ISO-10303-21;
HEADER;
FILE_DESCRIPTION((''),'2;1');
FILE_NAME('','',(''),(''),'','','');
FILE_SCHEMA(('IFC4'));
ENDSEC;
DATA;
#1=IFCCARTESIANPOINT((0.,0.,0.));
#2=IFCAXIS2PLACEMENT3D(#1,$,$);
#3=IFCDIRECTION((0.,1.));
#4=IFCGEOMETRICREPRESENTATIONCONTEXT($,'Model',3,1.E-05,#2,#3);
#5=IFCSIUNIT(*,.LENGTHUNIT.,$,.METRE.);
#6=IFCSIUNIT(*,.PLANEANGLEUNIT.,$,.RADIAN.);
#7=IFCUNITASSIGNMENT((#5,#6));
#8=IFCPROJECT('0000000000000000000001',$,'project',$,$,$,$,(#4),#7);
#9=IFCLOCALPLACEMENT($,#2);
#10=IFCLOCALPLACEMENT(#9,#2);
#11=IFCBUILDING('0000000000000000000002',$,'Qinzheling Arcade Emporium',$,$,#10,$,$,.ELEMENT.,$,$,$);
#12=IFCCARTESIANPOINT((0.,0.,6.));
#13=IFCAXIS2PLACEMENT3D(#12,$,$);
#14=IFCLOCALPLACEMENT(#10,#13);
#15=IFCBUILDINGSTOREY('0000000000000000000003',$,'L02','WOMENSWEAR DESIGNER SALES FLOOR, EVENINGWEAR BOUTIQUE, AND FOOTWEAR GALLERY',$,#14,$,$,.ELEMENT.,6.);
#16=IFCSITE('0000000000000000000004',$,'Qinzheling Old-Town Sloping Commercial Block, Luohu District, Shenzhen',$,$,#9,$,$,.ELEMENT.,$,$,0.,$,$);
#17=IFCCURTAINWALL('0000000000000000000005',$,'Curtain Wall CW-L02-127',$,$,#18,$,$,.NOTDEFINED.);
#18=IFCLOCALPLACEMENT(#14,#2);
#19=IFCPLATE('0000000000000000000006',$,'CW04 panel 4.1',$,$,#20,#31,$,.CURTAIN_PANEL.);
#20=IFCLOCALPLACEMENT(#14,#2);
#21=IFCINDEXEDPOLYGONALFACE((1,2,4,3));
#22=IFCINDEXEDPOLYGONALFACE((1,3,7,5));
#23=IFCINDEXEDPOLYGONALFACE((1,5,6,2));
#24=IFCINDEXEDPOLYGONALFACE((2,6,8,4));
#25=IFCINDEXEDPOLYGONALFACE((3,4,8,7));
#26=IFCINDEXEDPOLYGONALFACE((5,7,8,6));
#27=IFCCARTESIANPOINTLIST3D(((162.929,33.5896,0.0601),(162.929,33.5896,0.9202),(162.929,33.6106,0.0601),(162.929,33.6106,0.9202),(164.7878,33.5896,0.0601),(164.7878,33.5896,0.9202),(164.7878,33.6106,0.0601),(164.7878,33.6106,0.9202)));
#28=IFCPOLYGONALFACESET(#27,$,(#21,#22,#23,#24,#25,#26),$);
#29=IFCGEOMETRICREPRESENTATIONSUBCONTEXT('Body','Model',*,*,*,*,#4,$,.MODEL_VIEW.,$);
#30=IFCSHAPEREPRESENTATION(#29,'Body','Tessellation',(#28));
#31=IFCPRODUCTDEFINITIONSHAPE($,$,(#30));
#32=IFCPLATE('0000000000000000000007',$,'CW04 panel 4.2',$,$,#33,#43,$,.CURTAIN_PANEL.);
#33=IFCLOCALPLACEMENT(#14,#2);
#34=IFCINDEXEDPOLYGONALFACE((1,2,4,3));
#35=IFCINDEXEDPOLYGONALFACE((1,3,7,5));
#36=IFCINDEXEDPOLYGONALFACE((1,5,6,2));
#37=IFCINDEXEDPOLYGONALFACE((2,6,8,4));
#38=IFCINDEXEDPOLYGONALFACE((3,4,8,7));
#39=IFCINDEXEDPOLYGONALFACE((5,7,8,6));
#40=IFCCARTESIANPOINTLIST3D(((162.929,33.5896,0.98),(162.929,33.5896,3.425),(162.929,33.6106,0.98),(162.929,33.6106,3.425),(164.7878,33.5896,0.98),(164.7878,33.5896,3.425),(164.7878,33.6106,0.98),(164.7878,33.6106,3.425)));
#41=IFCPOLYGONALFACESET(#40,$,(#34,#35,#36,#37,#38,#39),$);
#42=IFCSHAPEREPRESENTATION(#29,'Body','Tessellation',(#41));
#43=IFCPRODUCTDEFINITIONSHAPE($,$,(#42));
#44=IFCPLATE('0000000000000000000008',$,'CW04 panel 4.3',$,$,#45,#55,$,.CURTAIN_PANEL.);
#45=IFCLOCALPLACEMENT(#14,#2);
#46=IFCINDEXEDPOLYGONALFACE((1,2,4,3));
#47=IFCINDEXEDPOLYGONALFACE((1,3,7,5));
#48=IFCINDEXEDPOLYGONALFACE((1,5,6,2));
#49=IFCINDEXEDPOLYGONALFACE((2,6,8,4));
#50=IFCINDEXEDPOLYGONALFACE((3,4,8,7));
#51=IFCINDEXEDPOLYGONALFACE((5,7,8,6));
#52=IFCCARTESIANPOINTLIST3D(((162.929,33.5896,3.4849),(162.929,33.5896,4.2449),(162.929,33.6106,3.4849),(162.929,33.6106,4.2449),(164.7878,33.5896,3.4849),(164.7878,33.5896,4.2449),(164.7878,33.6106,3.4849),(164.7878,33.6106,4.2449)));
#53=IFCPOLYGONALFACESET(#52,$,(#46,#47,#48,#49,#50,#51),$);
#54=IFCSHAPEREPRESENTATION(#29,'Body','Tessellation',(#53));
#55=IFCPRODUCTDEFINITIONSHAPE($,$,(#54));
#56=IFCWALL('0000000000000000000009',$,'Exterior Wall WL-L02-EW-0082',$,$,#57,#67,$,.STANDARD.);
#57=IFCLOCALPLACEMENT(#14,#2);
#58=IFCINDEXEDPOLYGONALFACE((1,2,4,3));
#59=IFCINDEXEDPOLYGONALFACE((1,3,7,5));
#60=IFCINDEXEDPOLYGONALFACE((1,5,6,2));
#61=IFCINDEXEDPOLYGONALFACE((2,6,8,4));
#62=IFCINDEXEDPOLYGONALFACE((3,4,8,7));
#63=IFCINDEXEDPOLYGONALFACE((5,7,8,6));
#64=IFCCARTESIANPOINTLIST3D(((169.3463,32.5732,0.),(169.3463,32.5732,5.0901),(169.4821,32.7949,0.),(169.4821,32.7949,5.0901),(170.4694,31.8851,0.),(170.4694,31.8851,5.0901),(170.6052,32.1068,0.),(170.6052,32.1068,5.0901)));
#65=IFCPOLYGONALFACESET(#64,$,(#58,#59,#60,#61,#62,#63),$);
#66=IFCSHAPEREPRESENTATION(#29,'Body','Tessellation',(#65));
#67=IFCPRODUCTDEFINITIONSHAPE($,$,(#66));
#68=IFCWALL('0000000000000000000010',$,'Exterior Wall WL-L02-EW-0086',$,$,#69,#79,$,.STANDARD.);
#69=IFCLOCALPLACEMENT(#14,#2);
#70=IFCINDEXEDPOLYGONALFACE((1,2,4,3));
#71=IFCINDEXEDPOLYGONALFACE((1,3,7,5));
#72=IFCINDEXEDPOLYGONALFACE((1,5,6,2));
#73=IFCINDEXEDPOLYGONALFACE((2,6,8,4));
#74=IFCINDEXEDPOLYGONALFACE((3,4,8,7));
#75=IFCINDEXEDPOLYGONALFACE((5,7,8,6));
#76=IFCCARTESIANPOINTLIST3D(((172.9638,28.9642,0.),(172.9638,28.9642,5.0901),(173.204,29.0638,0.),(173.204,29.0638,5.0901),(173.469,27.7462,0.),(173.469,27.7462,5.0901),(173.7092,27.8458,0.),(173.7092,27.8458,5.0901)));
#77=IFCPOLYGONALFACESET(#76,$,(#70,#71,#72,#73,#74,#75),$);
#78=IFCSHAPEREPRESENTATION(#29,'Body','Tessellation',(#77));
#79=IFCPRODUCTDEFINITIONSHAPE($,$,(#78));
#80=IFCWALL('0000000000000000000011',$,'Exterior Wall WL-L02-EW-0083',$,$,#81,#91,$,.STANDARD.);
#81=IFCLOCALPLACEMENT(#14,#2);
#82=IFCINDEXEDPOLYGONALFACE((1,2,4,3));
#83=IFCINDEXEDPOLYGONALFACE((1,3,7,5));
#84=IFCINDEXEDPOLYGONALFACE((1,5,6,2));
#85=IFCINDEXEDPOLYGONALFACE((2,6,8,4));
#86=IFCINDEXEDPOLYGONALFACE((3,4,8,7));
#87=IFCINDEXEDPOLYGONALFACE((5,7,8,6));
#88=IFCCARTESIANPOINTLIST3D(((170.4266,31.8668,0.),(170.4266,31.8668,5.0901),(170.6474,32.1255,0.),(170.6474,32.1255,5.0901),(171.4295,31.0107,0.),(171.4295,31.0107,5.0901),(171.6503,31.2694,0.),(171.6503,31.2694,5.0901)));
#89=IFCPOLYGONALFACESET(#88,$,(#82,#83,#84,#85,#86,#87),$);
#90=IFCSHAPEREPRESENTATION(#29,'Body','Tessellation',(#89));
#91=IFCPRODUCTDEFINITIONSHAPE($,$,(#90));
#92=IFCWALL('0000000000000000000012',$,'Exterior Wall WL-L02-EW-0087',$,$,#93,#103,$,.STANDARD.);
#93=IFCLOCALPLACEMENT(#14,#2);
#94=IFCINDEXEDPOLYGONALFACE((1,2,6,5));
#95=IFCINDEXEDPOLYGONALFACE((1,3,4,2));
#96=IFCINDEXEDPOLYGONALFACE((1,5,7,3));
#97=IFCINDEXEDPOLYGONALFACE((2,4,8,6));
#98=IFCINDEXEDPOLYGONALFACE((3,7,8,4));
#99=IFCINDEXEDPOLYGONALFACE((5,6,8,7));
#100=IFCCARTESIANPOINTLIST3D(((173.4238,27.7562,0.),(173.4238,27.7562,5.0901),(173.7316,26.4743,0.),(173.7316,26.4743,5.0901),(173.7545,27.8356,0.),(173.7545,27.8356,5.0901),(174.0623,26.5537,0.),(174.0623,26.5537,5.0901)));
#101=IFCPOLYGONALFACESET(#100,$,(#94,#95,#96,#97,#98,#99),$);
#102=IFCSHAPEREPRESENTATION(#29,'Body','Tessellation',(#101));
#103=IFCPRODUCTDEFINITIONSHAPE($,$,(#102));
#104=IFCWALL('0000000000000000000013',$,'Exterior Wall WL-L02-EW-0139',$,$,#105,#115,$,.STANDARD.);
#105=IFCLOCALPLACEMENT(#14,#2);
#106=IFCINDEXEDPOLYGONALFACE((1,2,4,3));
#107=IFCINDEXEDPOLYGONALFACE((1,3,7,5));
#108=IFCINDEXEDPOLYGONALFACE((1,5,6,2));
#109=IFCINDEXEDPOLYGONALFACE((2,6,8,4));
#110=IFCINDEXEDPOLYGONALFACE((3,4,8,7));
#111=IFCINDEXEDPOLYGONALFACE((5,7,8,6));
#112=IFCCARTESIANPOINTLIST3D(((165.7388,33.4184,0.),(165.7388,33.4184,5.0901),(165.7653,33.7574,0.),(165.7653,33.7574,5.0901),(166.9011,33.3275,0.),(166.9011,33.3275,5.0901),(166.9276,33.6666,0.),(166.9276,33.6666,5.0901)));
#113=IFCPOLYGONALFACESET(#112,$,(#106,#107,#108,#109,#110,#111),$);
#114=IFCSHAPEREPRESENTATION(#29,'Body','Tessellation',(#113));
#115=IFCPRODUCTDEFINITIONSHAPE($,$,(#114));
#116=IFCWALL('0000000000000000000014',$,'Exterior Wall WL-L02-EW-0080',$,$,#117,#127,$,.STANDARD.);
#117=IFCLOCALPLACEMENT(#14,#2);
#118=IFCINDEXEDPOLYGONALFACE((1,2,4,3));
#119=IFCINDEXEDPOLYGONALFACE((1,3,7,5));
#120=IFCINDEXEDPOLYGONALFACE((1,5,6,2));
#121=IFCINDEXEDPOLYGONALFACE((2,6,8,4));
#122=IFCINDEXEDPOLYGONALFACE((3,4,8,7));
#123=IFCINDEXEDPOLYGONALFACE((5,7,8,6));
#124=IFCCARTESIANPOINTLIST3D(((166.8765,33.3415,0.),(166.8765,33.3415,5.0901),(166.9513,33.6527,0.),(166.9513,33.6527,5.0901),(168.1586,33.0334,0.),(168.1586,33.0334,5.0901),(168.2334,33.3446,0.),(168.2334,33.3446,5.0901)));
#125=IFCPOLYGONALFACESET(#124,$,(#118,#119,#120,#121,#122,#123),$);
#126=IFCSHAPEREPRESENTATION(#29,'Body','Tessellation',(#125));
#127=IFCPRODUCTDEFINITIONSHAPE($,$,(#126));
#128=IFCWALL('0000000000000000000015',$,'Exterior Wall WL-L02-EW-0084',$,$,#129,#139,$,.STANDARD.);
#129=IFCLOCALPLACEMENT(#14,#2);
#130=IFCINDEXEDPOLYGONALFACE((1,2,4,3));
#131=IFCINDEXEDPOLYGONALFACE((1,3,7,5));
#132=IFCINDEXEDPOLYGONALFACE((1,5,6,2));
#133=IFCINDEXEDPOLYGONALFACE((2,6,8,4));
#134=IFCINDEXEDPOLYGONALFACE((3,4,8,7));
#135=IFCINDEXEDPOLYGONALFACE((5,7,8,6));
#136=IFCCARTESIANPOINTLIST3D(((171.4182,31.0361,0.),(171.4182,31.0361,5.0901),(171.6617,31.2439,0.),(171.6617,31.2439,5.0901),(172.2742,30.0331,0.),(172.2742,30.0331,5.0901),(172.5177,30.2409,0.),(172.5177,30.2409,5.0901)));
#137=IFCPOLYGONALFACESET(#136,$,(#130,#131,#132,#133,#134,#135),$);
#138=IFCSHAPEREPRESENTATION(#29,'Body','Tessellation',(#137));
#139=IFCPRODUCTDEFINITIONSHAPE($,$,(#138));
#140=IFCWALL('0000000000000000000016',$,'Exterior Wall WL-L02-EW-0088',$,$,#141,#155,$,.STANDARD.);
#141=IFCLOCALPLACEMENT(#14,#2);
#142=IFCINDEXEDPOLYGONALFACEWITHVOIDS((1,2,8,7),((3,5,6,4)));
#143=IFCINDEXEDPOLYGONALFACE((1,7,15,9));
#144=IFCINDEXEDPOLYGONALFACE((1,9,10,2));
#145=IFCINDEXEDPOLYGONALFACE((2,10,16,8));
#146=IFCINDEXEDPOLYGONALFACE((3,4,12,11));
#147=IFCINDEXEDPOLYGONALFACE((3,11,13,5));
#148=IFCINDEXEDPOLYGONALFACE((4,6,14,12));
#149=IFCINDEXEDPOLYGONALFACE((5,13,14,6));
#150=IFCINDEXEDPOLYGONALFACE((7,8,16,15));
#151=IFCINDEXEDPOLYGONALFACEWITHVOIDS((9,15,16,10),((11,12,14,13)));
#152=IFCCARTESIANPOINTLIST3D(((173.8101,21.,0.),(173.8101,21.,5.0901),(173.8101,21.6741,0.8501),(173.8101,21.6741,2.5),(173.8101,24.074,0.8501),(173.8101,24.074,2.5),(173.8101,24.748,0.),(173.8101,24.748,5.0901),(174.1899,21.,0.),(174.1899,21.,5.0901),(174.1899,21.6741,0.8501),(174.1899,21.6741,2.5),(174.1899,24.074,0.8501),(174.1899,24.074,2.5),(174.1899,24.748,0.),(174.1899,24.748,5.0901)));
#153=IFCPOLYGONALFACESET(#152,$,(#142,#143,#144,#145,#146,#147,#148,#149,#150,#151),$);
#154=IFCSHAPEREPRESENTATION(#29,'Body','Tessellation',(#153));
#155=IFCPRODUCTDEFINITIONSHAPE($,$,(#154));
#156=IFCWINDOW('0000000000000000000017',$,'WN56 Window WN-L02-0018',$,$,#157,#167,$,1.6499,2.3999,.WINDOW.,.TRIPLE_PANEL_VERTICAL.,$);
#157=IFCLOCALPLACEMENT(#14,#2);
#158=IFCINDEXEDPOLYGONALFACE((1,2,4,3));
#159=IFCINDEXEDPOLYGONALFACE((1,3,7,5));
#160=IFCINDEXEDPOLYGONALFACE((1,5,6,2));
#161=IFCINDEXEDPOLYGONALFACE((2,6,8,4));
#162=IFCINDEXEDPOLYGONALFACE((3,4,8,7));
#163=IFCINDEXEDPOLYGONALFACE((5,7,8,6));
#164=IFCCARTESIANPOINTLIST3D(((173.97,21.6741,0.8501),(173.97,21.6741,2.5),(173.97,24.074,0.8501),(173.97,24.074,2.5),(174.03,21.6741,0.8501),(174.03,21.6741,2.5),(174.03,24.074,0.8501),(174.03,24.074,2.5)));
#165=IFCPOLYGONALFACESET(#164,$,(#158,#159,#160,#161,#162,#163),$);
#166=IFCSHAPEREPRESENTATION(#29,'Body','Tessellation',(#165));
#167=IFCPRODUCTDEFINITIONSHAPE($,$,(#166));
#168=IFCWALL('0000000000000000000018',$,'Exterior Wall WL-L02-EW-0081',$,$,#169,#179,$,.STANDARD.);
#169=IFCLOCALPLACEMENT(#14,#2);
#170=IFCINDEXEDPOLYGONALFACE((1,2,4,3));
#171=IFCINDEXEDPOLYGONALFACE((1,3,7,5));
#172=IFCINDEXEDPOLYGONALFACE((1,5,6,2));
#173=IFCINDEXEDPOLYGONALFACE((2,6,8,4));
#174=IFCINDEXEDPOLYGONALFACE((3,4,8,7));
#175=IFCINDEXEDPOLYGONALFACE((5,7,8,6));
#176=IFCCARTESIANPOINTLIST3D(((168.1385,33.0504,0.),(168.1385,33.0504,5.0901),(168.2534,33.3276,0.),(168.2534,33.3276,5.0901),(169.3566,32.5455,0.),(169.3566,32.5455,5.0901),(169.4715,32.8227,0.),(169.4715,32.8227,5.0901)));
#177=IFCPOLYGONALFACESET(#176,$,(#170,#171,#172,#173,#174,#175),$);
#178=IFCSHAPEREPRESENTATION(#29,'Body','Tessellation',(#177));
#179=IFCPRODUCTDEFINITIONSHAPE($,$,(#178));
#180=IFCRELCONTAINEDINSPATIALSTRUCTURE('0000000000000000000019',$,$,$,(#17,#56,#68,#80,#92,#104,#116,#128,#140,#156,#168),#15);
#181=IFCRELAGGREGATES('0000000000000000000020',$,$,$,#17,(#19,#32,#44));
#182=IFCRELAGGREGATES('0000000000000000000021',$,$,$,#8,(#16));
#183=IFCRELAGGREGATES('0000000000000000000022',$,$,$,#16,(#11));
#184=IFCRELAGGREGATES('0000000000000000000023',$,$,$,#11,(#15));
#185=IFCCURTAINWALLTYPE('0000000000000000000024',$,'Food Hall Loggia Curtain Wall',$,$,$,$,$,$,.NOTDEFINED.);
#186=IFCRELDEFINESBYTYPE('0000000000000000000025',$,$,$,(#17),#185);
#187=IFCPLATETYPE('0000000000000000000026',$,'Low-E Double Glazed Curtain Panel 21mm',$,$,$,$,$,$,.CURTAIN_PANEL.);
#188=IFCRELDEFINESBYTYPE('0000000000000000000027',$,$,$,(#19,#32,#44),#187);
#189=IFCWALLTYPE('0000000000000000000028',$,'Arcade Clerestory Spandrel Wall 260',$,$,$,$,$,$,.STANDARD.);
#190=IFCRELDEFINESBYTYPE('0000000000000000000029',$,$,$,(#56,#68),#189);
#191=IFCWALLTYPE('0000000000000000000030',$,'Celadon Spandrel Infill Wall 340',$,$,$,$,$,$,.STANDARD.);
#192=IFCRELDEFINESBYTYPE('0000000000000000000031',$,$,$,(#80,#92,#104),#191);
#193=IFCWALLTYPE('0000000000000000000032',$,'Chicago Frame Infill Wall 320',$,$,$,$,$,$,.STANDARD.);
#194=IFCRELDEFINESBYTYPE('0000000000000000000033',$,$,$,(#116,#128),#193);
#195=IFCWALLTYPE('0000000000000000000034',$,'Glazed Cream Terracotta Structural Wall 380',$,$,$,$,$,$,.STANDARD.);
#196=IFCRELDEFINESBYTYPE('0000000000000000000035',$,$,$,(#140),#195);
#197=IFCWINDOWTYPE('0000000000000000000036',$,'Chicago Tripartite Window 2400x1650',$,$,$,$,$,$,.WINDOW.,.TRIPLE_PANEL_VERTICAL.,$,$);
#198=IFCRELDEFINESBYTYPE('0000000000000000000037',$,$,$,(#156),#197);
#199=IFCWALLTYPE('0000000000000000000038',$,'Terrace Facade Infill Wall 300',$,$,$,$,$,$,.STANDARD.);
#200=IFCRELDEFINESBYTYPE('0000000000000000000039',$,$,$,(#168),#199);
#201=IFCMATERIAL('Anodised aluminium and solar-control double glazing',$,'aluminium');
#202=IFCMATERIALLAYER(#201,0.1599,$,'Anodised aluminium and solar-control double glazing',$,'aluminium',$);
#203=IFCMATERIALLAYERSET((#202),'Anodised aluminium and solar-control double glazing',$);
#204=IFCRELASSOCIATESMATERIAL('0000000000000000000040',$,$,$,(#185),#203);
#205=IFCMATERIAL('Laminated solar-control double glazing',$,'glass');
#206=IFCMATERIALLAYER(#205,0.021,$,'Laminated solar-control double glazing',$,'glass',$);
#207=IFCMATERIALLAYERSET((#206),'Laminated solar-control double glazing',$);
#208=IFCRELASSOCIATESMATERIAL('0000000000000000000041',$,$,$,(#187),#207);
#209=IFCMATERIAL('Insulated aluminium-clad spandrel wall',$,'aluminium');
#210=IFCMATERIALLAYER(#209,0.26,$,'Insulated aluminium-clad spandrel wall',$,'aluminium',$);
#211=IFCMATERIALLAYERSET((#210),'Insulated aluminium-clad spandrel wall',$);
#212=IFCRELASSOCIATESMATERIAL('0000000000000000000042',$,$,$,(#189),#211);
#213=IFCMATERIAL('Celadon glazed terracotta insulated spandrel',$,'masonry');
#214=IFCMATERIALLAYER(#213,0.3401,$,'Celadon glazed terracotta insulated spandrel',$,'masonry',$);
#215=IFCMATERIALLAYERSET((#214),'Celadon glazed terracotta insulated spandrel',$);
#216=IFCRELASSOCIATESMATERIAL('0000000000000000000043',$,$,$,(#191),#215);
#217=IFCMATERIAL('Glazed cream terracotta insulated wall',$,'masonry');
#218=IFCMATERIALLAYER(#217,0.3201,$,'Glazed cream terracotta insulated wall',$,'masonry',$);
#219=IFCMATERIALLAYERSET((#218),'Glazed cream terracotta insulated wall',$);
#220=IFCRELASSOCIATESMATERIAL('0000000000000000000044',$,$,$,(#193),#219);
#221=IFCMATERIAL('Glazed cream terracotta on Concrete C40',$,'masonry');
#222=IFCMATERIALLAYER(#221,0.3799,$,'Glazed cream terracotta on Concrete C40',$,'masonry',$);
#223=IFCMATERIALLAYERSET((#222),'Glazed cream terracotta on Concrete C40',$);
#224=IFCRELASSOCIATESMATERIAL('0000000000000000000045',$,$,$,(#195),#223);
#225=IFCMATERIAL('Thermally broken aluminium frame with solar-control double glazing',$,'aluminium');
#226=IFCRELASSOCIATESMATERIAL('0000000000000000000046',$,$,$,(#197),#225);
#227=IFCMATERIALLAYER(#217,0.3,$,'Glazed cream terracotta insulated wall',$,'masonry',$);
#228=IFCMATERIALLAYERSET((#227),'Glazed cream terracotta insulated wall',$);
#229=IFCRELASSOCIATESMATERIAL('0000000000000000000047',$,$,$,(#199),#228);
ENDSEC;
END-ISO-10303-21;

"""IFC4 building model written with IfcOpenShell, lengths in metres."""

from ifc_helpers import new_model, si_unit, direction, frame, frame_2d, origin, origin_2d, place, context, subcontext, project, spatial, rectangle, extrude, material, layer, layer_set, type_object, element, fill, aggregate, save


model = new_model("IFC4")

# Units and contexts
model_context = context("Model", 3, precision=1e-05, world=origin(), true_north=direction((0.0, 1.0)))
body_context = subcontext(model_context, "Body", "Model", "MODEL_VIEW")
ifc_project = project(units=[si_unit("LENGTHUNIT", "METRE"), si_unit("PLANEANGLEUNIT", "RADIAN")], contexts=[model_context])

# Site, building, storey
site_placement = place(None, origin())
site = spatial("IfcSite", under=ifc_project, at=site_placement, Name="Qinzheling Old-Town Sloping Commercial Block, Luohu District, Shenzhen", CompositionType="ELEMENT", RefElevation=0.0)
building_placement = place(site_placement, origin())
building = spatial("IfcBuilding", under=site, at=building_placement, Name="Qinzheling Arcade Emporium", CompositionType="ELEMENT")
storey_placement = place(building_placement, frame((0.0, 0.0, 6.0)))
storey = spatial("IfcBuildingStorey", under=building, at=storey_placement, Name="L02", Description="WOMENSWEAR DESIGNER SALES FLOOR, EVENINGWEAR BOUTIQUE, AND FOOTWEAR GALLERY", CompositionType="ELEMENT", Elevation=6.0)

# Curtain wall
ifc_material_1 = material(Name="Anodised aluminium and solar-control double glazing", Category="aluminium")
ifc_layer_1 = layer(ifc_material_1, 0.1599, Name="Anodised aluminium and solar-control double glazing", Category="aluminium")
ifc_layer_set_1 = layer_set([ifc_layer_1], Name="Anodised aluminium and solar-control double glazing")
curtain_wall_type = type_object("IfcCurtainWallType", Name="Food Hall Loggia Curtain Wall", PredefinedType="NOTDEFINED", material=ifc_layer_set_1)
curtain_wall_placement = place(storey_placement, origin())
curtain_wall = element("IfcCurtainWall", 1, at=curtain_wall_placement, inside=storey, type_object=curtain_wall_type, Name="Curtain Wall CW-L02-127", PredefinedType="NOTDEFINED")

# Plates
ifc_material_2 = material(Name="Laminated solar-control double glazing", Category="glass")
ifc_layer_2 = layer(ifc_material_2, 0.021, Name="Laminated solar-control double glazing", Category="glass")
ifc_layer_set_2 = layer_set([ifc_layer_2], Name="Laminated solar-control double glazing")
plate_type = type_object("IfcPlateType", Name="Low-E Double Glazed Curtain Panel 21mm", PredefinedType="CURTAIN_PANEL", material=ifc_layer_set_2)
plate_1_placement = place(storey_placement, frame((163.8584, 33.6001, 0.0601), z_axis=(0.0, 0.0, 1.0), x_axis=(1.0, 0.0, 0.0)))
plate_1 = element("IfcPlate", 2, at=plate_1_placement, type_object=plate_type, Name="CW04 panel 4.1", PredefinedType="CURTAIN_PANEL", context=body_context, shape_type="SweptSolid", body=[
    extrude(rectangle(XDim=1.8589, YDim=0.021, at=origin_2d()), origin(), (0.0, 0.0, 1.0), 0.8601),
])
plate_2_placement = place(storey_placement, frame((163.8584, 33.6001, 0.98), z_axis=(0.0, 0.0, 1.0), x_axis=(1.0, 0.0, 0.0)))
plate_2 = element("IfcPlate", 3, at=plate_2_placement, type_object=plate_type, Name="CW04 panel 4.2", PredefinedType="CURTAIN_PANEL", context=body_context, shape_type="SweptSolid", body=[
    extrude(rectangle(XDim=1.8589, YDim=0.021, at=origin_2d()), origin(), (0.0, 0.0, 1.0), 2.4451),
])
plate_3_placement = place(storey_placement, frame((163.8584, 33.6001, 3.4849), z_axis=(0.0, 0.0, 1.0), x_axis=(1.0, 0.0, 0.0)))
plate_3 = element("IfcPlate", 4, at=plate_3_placement, type_object=plate_type, Name="CW04 panel 4.3", PredefinedType="CURTAIN_PANEL", context=body_context, shape_type="SweptSolid", body=[
    extrude(rectangle(XDim=1.8589, YDim=0.021, at=origin_2d()), origin(), (0.0, 0.0, 1.0), 0.76),
])
aggregate(curtain_wall, [plate_1, plate_2, plate_3])

# Walls
ifc_material_3 = material(Name="Insulated aluminium-clad spandrel wall", Category="aluminium")
ifc_layer_3 = layer(ifc_material_3, 0.26, Name="Insulated aluminium-clad spandrel wall", Category="aluminium")
ifc_layer_set_3 = layer_set([ifc_layer_3], Name="Insulated aluminium-clad spandrel wall")
wall_type_1 = type_object("IfcWallType", Name="Arcade Clerestory Spandrel Wall 260", PredefinedType="STANDARD", material=ifc_layer_set_3)
wall_1_placement = place(storey_placement, frame((169.4141, 32.6841, 0.0), z_axis=(0.0, 0.0, 1.0), x_axis=(0.852713, -0.522379, 0.0)))
element("IfcWall", 5, at=wall_1_placement, inside=storey, type_object=wall_type_1, Name="Exterior Wall WL-L02-EW-0082", PredefinedType="STANDARD", context=body_context, shape_type="SweptSolid", body=[
    extrude(rectangle(XDim=1.3171, YDim=0.26, at=frame_2d((0.6587, 0.0))), origin(), (0.0, 0.0, 1.0), 5.0901),
])
wall_2_placement = place(storey_placement, frame((173.084, 29.0139, 0.0), z_axis=(0.0, 0.0, 1.0), x_axis=(0.383077, -0.923717, 0.0)))
element("IfcWall", 6, at=wall_2_placement, inside=storey, type_object=wall_type_1, Name="Exterior Wall WL-L02-EW-0086", PredefinedType="STANDARD", context=body_context, shape_type="SweptSolid", body=[
    extrude(rectangle(XDim=1.3186, YDim=0.26, at=frame_2d((0.6592, 0.0))), origin(), (0.0, 0.0, 1.0), 5.0901),
])
ifc_material_4 = material(Name="Celadon glazed terracotta insulated spandrel", Category="masonry")
ifc_layer_4 = layer(ifc_material_4, 0.3401, Name="Celadon glazed terracotta insulated spandrel", Category="masonry")
ifc_layer_set_4 = layer_set([ifc_layer_4], Name="Celadon glazed terracotta insulated spandrel")
wall_type_2 = type_object("IfcWallType", Name="Celadon Spandrel Infill Wall 340", PredefinedType="STANDARD", material=ifc_layer_set_4)
wall_3_placement = place(storey_placement, frame((170.5371, 31.9961, 0.0), z_axis=(0.0, 0.0, 1.0), x_axis=(0.760549, -0.649281, 0.0)))
element("IfcWall", 7, at=wall_3_placement, inside=storey, type_object=wall_type_2, Name="Exterior Wall WL-L02-EW-0083", PredefinedType="STANDARD", context=body_context, shape_type="SweptSolid", body=[
    extrude(rectangle(XDim=1.3186, YDim=0.3401, at=frame_2d((0.6592, 0.0))), origin(), (0.0, 0.0, 1.0), 5.0901),
])
wall_4_placement = place(storey_placement, frame((173.5891, 27.7959, 0.0), z_axis=(0.0, 0.0, 1.0), x_axis=(0.233506, -0.972355, 0.0)))
element("IfcWall", 8, at=wall_4_placement, inside=storey, type_object=wall_type_2, Name="Exterior Wall WL-L02-EW-0087", PredefinedType="STANDARD", context=body_context, shape_type="SweptSolid", body=[
    extrude(rectangle(XDim=1.3184, YDim=0.3401, at=frame_2d((0.6592, 0.0))), origin(), (0.0, 0.0, 1.0), 5.0901),
])
wall_5_placement = place(storey_placement, frame((165.752, 33.5879, 0.0), z_axis=(0.0, 0.0, 1.0), x_axis=(0.99696, -0.077914, 0.0)))
element("IfcWall", 9, at=wall_5_placement, inside=storey, type_object=wall_type_2, Name="Exterior Wall WL-L02-EW-0139", PredefinedType="STANDARD", context=body_context, shape_type="SweptSolid", body=[
    extrude(rectangle(XDim=1.1658, YDim=0.3401, at=frame_2d((0.583, 0.0))), origin(), (0.0, 0.0, 1.0), 5.0901),
])
ifc_material_5 = material(Name="Glazed cream terracotta insulated wall", Category="masonry")
ifc_layer_5 = layer(ifc_material_5, 0.3201, Name="Glazed cream terracotta insulated wall", Category="masonry")
ifc_layer_set_5 = layer_set([ifc_layer_5], Name="Glazed cream terracotta insulated wall")
wall_type_3 = type_object("IfcWallType", Name="Chicago Frame Infill Wall 320", PredefinedType="STANDARD", material=ifc_layer_set_5)
for number, where, z_axis, x_axis, name in (
    (10, (166.9141, 33.4971, 0.0), (0.0, 0.0, 1.0), (0.972313, -0.233681, 0.0), "Exterior Wall WL-L02-EW-0080"),
    (11, (171.54, 31.1399, 0.0), (0.0, 0.0, 1.0), (0.649174, -0.76064, 0.0), "Exterior Wall WL-L02-EW-0084"),
):
    element("IfcWall", number, at=place(storey_placement, frame(where, z_axis=z_axis, x_axis=x_axis)), inside=storey, type_object=wall_type_3, Name=name, PredefinedType="STANDARD", context=body_context, shape_type="SweptSolid", body=[
        extrude(rectangle(XDim=1.3186, YDim=0.3201, at=frame_2d((0.6592, 0.0))), origin(), (0.0, 0.0, 1.0), 5.0901),
    ])

# Wall, opening, window
ifc_material_6 = material(Name="Glazed cream terracotta on Concrete C40", Category="masonry")
ifc_layer_6 = layer(ifc_material_6, 0.3799, Name="Glazed cream terracotta on Concrete C40", Category="masonry")
ifc_layer_set_6 = layer_set([ifc_layer_6], Name="Glazed cream terracotta on Concrete C40")
wall_type_4 = type_object("IfcWallType", Name="Glazed Cream Terracotta Structural Wall 380", PredefinedType="STANDARD", material=ifc_layer_set_6)
wall_6_placement = place(storey_placement, frame((174.0, 24.748, 0.0), z_axis=(0.0, 0.0, 1.0), x_axis=(0.0, -1.0, 0.0)))
wall_6 = element("IfcWall", 12, at=wall_6_placement, inside=storey, type_object=wall_type_4, Name="Exterior Wall WL-L02-EW-0088", PredefinedType="STANDARD", context=body_context, shape_type="SweptSolid", body=[
    extrude(rectangle(XDim=3.748, YDim=0.3799, at=frame_2d((1.874, 0.0))), origin(), (0.0, 0.0, 1.0), 5.0901),
])
opening_placement = place(wall_6_placement, frame((0.6741, 0.0, 0.8501)))
opening = element("IfcOpeningElement", 13, at=opening_placement, cuts=wall_6, PredefinedType="OPENING", context=body_context, shape_type="SweptSolid", body=[
    extrude(rectangle(XDim=2.3999, YDim=1.6499, at=frame_2d((1.2, 0.825))), frame((0.0, 0.2, 0.0), z_axis=(0.0, -1.0, 0.0), x_axis=(1.0, 0.0, 0.0)), (0.0, 0.0, 1.0), 0.3999),
])
ifc_material_7 = material(Name="Thermally broken aluminium frame with solar-control double glazing", Category="aluminium")
window_type = type_object("IfcWindowType", Name="Chicago Tripartite Window 2400x1650", PartitioningType="TRIPLE_PANEL_VERTICAL", PredefinedType="WINDOW", material=ifc_material_7)
window_placement = place(opening_placement, origin())
window = element("IfcWindow", 14, at=window_placement, inside=storey, type_object=window_type, Name="WN56 Window WN-L02-0018", OverallHeight=1.6499, OverallWidth=2.3999, PartitioningType="TRIPLE_PANEL_VERTICAL", PredefinedType="WINDOW", context=body_context, shape_type="SweptSolid", body=[
    extrude(rectangle(XDim=2.3999, YDim=1.6499, at=frame_2d((1.2, 0.825))), frame((0.0, 0.03, 0.0), z_axis=(0.0, -1.0, 0.0), x_axis=(1.0, 0.0, 0.0)), (0.0, 0.0, 1.0), 0.0601),
])
fill(opening, window)

# Wall
ifc_layer_7 = layer(ifc_material_5, 0.3, Name="Glazed cream terracotta insulated wall", Category="masonry")
ifc_layer_set_7 = layer_set([ifc_layer_7], Name="Glazed cream terracotta insulated wall")
wall_type_5 = type_object("IfcWallType", Name="Terrace Facade Infill Wall 300", PredefinedType="STANDARD", material=ifc_layer_set_7)
wall_7_placement = place(storey_placement, frame((168.196, 33.189, 0.0), z_axis=(0.0, 0.0, 1.0), x_axis=(0.923782, -0.382919, 0.0)))
element("IfcWall", 15, at=wall_7_placement, inside=storey, type_object=wall_type_5, Name="Exterior Wall WL-L02-EW-0081", PredefinedType="STANDARD", context=body_context, shape_type="SweptSolid", body=[
    extrude(rectangle(XDim=1.3186, YDim=0.3, at=frame_2d((0.6592, 0.0))), origin(), (0.0, 0.0, 1.0), 5.0901),
])

save(model, "model.ifc")
